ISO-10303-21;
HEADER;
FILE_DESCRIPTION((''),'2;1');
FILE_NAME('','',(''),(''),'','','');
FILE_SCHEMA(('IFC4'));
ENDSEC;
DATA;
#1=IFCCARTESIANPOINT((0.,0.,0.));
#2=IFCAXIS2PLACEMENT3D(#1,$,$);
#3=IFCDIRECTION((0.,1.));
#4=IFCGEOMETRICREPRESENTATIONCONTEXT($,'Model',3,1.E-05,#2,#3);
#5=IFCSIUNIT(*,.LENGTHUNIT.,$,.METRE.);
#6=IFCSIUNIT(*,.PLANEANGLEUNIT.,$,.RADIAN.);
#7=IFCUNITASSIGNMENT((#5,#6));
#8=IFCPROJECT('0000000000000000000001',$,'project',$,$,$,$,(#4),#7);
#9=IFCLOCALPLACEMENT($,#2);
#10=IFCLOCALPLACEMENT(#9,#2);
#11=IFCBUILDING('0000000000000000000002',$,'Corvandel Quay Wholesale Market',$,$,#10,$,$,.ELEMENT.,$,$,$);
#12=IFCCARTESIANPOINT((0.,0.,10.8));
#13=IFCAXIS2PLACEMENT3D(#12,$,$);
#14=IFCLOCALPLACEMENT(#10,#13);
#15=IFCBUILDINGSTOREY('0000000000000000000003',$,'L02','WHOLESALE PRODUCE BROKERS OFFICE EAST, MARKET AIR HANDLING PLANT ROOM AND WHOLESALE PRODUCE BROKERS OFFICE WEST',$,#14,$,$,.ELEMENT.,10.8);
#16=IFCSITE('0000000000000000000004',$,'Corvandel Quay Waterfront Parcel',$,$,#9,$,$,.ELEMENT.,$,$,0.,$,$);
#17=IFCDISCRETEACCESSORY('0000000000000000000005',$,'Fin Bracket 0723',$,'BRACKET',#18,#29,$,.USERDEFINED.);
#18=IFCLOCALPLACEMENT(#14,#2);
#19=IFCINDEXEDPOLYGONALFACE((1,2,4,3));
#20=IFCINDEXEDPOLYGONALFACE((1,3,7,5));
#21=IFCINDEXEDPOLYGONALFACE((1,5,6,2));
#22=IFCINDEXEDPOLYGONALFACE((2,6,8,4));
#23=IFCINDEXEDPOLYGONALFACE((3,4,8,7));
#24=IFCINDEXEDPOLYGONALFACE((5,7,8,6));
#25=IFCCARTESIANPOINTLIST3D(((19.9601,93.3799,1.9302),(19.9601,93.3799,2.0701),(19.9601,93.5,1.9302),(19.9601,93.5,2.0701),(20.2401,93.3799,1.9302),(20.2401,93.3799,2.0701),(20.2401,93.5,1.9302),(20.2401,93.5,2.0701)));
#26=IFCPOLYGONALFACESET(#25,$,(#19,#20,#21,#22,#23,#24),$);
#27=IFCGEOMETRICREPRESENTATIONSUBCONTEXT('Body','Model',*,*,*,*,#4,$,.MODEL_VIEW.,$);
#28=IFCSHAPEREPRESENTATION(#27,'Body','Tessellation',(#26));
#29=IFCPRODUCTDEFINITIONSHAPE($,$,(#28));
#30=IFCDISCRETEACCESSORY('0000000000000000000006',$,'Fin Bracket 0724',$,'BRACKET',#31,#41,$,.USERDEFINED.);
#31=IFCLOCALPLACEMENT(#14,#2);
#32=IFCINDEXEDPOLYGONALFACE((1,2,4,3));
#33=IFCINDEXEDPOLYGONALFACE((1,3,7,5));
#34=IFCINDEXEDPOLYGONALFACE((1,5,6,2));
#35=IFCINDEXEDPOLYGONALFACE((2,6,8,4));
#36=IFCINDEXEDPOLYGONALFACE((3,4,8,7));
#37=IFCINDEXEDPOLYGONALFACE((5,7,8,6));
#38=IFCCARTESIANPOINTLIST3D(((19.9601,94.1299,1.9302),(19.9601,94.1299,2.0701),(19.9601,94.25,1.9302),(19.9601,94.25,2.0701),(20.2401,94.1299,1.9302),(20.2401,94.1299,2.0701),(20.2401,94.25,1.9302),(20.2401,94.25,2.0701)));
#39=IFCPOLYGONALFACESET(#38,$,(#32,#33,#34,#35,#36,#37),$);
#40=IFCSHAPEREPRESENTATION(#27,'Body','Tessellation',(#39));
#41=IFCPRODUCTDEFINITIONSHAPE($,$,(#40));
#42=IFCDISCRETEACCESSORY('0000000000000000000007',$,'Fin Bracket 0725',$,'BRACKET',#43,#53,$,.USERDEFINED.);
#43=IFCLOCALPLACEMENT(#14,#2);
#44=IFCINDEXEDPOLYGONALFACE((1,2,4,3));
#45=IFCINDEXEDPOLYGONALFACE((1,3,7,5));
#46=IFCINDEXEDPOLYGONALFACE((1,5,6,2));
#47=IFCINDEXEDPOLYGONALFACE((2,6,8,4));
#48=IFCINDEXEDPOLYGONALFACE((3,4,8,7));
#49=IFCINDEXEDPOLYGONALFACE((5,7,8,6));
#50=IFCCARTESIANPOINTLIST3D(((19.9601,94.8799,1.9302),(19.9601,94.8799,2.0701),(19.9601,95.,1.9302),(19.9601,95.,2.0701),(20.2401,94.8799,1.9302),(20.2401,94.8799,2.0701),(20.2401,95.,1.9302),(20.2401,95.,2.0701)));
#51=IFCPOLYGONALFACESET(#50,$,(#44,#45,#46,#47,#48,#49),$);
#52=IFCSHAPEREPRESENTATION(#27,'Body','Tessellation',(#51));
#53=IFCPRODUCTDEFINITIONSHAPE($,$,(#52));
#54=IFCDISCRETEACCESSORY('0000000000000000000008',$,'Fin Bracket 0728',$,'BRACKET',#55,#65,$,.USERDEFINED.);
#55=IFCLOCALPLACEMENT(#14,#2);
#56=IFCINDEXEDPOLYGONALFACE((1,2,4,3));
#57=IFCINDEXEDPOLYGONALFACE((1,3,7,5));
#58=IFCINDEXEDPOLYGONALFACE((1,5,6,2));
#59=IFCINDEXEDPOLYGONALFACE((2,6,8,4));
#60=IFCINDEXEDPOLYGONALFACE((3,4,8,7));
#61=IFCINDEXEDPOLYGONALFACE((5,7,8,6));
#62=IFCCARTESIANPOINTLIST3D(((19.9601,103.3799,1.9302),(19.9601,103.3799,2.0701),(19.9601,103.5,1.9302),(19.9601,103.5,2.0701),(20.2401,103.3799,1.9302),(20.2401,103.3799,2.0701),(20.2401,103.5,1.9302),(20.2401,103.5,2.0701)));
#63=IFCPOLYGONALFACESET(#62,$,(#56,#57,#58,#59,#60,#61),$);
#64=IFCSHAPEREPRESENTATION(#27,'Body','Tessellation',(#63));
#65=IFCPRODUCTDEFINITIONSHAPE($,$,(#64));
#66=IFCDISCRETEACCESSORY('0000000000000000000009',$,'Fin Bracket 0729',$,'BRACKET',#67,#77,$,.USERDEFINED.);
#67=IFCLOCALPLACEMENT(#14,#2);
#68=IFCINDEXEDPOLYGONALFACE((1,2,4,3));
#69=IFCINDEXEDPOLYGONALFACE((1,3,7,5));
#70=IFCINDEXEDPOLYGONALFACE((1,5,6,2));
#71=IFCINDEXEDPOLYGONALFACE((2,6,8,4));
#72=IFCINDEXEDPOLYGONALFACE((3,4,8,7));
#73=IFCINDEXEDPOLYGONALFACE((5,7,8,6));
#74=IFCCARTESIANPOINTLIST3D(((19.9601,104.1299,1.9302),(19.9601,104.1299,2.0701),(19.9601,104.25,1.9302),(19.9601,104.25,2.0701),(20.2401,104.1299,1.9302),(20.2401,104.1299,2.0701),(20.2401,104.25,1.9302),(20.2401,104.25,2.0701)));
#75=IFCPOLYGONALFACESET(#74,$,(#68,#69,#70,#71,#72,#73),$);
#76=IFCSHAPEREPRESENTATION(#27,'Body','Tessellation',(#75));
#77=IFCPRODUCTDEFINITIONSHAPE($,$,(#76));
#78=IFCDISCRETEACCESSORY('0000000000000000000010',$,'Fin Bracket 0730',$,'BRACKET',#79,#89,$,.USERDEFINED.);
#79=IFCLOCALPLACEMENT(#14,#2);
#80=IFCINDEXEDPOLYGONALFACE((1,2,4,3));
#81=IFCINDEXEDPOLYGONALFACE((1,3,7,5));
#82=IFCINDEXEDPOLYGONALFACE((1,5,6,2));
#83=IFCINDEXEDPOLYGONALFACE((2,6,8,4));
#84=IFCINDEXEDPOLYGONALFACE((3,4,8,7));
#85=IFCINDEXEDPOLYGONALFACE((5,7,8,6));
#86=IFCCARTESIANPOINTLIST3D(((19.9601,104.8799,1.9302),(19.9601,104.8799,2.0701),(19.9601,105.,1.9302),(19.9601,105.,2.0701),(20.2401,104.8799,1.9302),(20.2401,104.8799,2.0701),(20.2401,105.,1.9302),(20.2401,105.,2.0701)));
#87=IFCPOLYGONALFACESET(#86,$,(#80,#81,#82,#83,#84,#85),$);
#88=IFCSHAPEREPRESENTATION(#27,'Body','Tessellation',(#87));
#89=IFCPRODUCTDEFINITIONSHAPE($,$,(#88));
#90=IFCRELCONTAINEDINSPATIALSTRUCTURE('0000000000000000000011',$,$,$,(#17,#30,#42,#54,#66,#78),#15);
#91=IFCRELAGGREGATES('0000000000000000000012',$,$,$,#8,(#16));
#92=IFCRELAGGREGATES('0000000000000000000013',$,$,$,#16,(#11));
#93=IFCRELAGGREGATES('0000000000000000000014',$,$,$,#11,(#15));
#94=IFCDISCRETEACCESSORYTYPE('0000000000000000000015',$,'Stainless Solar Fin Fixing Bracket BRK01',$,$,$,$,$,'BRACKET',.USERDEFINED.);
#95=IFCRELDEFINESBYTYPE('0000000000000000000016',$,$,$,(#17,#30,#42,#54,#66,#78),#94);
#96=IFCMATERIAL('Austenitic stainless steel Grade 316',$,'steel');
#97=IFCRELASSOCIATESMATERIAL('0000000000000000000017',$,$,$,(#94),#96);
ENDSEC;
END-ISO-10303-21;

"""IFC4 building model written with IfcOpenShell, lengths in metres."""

from ifc_helpers import new_model, si_unit, direction, frame, origin, origin_2d, place, context, subcontext, project, spatial, rectangle, extrude, material, type_object, element, save


model = new_model("IFC4")

# Units and contexts
model_context = context("Model", 3, precision=1e-05, world=origin(), true_north=direction((0.0, 1.0)))
body_context = subcontext(model_context, "Body", "Model", "MODEL_VIEW")
ifc_project = project(units=[si_unit("LENGTHUNIT", "METRE"), si_unit("PLANEANGLEUNIT", "RADIAN")], contexts=[model_context])

# Site, building, storey
site_placement = place(None, origin())
site = spatial("IfcSite", under=ifc_project, at=site_placement, Name="Corvandel Quay Waterfront Parcel", CompositionType="ELEMENT", RefElevation=0.0)
building_placement = place(site_placement, origin())
building = spatial("IfcBuilding", under=site, at=building_placement, Name="Corvandel Quay Wholesale Market", CompositionType="ELEMENT")
storey_placement = place(building_placement, frame((0.0, 0.0, 10.8)))
storey = spatial("IfcBuildingStorey", under=building, at=storey_placement, Name="L02", Description="WHOLESALE PRODUCE BROKERS OFFICE EAST, MARKET AIR HANDLING PLANT ROOM AND WHOLESALE PRODUCE BROKERS OFFICE WEST", CompositionType="ELEMENT", Elevation=10.8)

# Discrete accessories
ifc_material_1 = material(Name="Austenitic stainless steel Grade 316", Category="steel")
discrete_accessory_type = type_object("IfcDiscreteAccessoryType", Name="Stainless Solar Fin Fixing Bracket BRK01", ElementType="BRACKET", PredefinedType="USERDEFINED", material=ifc_material_1)
for number, where, z_axis, x_axis, name in (
    (1, (20.1001, 93.4399, 1.9302), (0.0, 0.0, 1.0), (1.0, 0.0, 0.0), "Fin Bracket 0723"),
    (2, (20.1001, 94.1899, 1.9302), (0.0, 0.0, 1.0), (1.0, 0.0, 0.0), "Fin Bracket 0724"),
    (3, (20.1001, 94.9399, 1.9302), (0.0, 0.0, 1.0), (1.0, 0.0, 0.0), "Fin Bracket 0725"),
    (4, (20.1001, 103.4399, 1.9302), (0.0, 0.0, 1.0), (1.0, 0.0, 0.0), "Fin Bracket 0728"),
    (5, (20.1001, 104.1899, 1.9302), (0.0, 0.0, 1.0), (1.0, 0.0, 0.0), "Fin Bracket 0729"),
    (6, (20.1001, 104.9399, 1.9302), (0.0, 0.0, 1.0), (1.0, 0.0, 0.0), "Fin Bracket 0730"),
):
    element("IfcDiscreteAccessory", number, at=place(storey_placement, frame(where, z_axis=z_axis, x_axis=x_axis)), inside=storey, type_object=discrete_accessory_type, Name=name, ObjectType="BRACKET", PredefinedType="USERDEFINED", context=body_context, shape_type="SweptSolid", body=[
        extrude(rectangle(XDim=0.28, YDim=0.1201, at=origin_2d()), origin(), (0.0, 0.0, 1.0), 0.1399),
    ])

save(model, "model.ifc")
